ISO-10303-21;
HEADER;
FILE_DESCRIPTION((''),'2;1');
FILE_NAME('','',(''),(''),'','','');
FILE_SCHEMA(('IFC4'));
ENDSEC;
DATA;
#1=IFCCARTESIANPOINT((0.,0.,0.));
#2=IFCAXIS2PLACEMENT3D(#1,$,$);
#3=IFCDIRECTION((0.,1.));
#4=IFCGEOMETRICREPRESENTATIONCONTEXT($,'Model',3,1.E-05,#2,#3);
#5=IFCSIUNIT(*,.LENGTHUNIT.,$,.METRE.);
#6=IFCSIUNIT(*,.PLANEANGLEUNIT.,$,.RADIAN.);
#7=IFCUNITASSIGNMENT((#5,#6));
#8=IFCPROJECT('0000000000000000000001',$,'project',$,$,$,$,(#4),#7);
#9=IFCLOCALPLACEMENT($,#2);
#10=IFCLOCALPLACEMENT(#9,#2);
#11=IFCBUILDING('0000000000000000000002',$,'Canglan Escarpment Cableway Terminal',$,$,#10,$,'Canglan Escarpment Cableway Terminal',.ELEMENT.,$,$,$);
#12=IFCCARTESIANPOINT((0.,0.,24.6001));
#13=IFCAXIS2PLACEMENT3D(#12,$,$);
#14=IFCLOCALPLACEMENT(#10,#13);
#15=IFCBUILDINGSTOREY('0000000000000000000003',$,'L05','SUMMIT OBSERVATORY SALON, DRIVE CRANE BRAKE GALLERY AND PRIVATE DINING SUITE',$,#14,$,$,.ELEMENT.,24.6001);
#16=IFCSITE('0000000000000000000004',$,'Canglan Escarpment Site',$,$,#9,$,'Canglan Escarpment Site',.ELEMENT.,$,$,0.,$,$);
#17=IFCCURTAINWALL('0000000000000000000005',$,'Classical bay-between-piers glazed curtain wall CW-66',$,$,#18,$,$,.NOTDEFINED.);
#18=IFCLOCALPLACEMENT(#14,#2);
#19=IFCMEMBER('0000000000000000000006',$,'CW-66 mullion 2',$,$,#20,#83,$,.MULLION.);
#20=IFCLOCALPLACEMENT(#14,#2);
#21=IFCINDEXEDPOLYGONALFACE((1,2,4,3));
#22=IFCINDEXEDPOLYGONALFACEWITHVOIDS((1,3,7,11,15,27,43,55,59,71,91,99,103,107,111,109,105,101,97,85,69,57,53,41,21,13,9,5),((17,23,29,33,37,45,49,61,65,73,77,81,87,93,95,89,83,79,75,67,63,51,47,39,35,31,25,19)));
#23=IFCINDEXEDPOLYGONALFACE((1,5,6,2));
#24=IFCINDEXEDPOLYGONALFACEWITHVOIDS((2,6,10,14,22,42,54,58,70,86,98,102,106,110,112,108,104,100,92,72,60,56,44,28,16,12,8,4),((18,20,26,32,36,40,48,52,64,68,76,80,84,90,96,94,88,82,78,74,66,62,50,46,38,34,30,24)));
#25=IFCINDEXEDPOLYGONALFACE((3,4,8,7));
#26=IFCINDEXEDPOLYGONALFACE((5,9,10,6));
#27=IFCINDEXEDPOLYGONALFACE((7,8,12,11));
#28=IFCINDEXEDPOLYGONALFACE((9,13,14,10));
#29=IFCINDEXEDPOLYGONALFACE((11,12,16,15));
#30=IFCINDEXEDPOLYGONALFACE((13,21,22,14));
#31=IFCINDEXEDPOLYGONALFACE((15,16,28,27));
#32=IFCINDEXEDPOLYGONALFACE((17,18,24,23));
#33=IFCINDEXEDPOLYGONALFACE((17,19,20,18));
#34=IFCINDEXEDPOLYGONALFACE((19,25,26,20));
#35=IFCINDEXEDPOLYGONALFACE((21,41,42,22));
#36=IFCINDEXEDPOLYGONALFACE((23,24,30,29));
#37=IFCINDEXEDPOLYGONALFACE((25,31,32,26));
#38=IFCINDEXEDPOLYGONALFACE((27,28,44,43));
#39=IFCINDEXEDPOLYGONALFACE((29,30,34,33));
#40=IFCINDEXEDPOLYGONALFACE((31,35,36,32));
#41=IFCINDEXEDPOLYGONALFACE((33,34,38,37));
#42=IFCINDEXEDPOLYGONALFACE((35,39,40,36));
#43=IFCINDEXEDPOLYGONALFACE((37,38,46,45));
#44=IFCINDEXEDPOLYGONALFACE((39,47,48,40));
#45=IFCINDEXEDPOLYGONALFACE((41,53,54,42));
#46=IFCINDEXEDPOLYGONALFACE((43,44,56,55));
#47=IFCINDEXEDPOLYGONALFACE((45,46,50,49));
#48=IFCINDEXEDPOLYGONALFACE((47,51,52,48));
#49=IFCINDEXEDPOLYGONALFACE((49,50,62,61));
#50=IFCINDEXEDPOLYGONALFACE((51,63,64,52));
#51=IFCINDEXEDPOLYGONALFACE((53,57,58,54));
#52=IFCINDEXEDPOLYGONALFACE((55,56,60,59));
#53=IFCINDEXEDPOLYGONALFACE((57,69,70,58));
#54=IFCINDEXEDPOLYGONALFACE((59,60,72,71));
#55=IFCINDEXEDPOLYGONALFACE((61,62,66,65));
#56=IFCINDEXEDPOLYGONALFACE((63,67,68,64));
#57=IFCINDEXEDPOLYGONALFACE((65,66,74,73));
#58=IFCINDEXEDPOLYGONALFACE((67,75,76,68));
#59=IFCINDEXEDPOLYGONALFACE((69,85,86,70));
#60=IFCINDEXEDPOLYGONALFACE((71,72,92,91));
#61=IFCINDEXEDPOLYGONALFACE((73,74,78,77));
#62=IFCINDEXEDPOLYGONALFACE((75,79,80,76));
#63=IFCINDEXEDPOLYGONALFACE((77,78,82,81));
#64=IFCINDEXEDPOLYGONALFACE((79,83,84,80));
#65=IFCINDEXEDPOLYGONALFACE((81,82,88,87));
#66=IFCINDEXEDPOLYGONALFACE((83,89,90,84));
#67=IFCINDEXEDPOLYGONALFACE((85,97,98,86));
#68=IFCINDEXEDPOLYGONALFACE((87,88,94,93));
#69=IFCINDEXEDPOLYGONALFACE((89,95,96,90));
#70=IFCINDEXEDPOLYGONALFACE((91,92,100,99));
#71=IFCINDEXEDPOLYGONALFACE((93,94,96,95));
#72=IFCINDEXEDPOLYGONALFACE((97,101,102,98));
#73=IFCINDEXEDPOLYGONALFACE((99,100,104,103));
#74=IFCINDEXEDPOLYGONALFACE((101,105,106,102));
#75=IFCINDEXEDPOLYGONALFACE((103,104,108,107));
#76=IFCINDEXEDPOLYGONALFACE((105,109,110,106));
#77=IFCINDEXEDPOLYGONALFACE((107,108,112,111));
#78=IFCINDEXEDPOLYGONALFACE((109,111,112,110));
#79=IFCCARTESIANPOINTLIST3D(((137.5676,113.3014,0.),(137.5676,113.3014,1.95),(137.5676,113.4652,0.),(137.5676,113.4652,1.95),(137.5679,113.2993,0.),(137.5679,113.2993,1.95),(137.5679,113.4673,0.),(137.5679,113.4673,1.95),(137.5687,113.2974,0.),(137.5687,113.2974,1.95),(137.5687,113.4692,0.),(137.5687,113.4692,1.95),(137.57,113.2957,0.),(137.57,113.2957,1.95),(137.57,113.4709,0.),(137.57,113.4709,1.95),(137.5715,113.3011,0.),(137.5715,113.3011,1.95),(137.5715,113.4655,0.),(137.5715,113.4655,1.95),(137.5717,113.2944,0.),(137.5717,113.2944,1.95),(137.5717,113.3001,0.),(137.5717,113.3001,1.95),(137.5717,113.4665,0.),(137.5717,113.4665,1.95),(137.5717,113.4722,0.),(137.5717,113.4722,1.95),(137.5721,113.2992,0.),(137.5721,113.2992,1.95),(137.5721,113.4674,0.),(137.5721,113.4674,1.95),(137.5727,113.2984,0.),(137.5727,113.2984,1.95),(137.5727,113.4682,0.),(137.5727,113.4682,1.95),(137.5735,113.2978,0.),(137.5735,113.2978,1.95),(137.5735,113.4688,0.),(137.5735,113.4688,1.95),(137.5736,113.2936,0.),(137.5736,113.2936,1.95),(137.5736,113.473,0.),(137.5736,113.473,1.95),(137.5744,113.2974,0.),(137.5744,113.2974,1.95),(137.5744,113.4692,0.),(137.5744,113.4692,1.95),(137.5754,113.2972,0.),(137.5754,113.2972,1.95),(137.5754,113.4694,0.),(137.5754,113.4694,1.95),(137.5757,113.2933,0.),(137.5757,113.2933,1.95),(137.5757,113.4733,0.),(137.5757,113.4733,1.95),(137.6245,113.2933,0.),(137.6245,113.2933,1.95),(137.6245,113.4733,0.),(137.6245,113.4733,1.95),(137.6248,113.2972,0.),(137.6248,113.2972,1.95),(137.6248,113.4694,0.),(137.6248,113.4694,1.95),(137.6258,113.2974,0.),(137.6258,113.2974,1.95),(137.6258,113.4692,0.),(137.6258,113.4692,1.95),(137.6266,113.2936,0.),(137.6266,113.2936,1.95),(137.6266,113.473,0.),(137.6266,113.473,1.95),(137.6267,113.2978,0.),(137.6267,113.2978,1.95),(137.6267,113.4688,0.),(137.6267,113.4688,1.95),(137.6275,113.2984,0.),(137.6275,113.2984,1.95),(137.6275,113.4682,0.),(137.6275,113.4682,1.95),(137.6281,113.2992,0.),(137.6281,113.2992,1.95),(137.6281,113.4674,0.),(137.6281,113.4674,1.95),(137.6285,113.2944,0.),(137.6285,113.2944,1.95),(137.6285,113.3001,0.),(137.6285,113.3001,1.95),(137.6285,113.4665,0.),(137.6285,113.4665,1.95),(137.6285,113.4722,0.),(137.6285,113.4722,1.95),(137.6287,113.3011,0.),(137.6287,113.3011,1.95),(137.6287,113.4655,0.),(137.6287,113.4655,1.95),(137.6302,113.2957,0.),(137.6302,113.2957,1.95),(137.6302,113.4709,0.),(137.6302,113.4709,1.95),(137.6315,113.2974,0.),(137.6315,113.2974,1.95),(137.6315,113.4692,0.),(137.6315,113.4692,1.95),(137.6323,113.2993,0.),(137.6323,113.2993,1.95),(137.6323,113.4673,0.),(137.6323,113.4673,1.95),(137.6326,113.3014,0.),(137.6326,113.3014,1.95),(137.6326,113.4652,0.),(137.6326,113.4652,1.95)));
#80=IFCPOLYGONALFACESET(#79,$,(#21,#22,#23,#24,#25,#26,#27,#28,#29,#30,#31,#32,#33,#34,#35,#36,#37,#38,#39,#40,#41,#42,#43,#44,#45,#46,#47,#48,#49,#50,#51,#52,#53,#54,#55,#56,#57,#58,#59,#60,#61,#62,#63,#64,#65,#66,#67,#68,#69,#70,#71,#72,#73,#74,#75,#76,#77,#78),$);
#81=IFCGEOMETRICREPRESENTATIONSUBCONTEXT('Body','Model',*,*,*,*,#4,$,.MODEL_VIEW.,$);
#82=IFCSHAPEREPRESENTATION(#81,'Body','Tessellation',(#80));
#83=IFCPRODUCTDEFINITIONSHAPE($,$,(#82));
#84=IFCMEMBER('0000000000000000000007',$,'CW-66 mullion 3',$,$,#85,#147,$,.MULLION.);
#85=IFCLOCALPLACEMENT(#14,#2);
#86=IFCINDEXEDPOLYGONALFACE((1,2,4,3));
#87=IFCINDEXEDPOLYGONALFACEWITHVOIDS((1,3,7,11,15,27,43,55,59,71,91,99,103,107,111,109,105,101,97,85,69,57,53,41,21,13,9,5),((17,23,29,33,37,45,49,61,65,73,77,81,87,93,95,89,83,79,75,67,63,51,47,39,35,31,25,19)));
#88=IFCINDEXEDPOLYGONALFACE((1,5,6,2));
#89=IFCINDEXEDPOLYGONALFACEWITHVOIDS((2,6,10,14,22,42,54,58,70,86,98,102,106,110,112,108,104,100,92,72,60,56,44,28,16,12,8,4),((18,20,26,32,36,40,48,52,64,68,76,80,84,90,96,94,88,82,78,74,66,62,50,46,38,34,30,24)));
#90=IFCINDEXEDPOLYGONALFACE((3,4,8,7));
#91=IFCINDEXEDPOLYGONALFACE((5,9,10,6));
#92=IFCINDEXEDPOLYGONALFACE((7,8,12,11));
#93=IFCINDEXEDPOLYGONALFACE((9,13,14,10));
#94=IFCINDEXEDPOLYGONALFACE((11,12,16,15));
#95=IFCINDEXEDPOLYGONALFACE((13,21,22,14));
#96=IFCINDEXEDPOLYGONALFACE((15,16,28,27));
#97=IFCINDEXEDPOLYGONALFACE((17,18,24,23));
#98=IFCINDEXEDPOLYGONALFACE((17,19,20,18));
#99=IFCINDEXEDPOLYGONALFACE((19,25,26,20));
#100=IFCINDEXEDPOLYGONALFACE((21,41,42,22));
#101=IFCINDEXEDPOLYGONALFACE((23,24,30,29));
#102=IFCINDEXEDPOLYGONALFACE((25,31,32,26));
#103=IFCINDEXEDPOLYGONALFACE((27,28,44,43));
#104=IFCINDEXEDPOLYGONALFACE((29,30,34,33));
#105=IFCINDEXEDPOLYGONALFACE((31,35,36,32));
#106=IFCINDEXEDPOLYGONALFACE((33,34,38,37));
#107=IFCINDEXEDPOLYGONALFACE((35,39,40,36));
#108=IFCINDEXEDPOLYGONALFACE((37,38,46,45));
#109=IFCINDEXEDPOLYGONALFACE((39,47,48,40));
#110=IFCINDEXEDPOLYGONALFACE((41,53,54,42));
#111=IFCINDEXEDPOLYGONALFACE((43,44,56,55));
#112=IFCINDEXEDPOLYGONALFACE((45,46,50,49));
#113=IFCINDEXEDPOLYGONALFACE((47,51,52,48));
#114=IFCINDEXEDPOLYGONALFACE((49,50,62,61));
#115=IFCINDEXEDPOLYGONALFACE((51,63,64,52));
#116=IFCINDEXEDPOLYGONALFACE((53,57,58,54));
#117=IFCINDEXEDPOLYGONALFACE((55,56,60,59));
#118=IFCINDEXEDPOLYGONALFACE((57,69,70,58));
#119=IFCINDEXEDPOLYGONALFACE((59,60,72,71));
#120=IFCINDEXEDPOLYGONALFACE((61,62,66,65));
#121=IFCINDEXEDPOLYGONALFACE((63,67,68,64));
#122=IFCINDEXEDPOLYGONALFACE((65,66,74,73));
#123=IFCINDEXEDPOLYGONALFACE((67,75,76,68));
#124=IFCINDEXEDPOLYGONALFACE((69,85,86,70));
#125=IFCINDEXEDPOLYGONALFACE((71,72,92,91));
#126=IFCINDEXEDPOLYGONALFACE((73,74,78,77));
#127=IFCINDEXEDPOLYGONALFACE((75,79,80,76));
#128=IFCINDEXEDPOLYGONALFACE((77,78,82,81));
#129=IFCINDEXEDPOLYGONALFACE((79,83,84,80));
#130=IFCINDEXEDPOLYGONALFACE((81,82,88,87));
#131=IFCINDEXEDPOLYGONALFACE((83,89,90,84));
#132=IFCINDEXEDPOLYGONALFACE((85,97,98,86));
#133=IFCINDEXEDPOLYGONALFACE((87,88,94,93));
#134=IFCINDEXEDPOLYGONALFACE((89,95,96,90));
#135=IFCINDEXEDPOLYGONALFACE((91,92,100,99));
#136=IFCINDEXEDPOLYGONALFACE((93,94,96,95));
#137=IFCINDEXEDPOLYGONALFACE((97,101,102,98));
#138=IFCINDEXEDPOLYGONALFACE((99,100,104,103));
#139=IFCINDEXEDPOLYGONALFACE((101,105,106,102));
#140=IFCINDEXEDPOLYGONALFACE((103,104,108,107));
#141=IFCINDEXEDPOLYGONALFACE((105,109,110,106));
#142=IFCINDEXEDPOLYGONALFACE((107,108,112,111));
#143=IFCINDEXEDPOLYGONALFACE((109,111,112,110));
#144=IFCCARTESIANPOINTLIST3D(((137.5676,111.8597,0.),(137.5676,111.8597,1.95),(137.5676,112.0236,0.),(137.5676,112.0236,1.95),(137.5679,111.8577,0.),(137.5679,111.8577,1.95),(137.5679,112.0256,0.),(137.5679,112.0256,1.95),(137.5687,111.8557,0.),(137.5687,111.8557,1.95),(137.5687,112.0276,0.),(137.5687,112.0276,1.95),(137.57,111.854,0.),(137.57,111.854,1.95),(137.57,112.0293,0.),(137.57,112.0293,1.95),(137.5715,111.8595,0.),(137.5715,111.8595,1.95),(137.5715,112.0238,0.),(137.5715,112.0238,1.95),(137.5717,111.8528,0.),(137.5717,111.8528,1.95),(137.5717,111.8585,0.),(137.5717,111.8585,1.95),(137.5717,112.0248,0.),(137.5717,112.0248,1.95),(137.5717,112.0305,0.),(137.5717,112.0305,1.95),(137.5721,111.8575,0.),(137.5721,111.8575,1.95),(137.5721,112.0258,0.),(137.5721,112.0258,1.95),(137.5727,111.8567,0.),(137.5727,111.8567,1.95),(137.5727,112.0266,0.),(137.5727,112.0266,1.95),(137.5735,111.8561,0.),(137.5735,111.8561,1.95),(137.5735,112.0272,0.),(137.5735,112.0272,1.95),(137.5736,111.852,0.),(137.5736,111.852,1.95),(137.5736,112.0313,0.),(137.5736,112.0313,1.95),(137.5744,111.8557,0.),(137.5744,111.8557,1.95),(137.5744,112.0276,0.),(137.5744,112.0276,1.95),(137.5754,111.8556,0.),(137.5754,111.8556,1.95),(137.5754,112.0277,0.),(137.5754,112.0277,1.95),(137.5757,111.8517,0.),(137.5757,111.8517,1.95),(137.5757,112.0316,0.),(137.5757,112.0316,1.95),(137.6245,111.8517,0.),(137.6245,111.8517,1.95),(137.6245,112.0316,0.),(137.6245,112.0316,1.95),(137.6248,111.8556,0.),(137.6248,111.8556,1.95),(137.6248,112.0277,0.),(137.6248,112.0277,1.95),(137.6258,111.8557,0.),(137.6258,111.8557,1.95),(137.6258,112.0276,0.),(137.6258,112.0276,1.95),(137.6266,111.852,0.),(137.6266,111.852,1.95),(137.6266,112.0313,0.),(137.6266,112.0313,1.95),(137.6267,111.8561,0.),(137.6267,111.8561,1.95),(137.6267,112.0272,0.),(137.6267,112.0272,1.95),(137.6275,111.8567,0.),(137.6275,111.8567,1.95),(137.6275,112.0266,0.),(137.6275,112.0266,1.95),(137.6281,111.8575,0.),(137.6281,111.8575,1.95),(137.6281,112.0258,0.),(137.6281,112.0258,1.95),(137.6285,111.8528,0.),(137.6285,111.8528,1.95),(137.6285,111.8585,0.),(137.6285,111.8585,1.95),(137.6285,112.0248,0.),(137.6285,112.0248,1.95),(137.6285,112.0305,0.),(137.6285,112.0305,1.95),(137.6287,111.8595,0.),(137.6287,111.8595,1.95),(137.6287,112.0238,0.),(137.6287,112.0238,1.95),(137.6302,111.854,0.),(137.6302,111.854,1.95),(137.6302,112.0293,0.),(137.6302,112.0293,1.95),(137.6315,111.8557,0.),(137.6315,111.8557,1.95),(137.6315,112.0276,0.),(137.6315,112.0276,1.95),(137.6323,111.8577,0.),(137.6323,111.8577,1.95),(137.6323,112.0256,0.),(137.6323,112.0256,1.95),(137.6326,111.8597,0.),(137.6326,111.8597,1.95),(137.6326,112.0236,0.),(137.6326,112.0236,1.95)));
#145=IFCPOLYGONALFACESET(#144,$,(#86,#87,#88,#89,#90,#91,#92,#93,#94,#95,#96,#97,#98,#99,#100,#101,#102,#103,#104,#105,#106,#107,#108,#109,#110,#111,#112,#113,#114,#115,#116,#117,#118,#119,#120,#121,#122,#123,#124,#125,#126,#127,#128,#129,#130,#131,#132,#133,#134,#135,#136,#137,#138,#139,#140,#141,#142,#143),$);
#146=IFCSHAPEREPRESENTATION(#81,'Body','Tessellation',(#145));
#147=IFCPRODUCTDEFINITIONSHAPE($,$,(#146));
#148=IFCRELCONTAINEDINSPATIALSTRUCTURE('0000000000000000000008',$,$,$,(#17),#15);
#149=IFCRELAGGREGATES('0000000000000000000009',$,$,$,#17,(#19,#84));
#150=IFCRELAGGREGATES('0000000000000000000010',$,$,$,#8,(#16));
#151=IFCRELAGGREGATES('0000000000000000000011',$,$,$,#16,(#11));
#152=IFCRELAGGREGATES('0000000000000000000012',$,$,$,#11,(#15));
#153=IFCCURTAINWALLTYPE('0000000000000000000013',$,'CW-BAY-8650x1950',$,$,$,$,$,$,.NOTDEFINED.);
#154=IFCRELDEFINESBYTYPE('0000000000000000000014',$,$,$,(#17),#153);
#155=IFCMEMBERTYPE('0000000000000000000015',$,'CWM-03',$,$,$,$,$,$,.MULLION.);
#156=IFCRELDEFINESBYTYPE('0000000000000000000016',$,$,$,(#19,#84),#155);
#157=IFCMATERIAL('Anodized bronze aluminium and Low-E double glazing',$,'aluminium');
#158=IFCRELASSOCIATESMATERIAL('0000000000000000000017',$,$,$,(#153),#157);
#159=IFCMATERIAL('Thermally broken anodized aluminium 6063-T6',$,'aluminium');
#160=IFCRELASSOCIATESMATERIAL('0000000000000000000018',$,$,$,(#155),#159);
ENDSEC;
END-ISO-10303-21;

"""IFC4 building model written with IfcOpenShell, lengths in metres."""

from ifc_helpers import new_model, si_unit, direction, frame, origin, origin_2d, place, context, subcontext, project, spatial, hollow_rectangle, extrude, material, material_profile, profile_set, type_object, element, aggregate, save


model = new_model("IFC4")

# Units and contexts
model_context = context("Model", 3, precision=1e-05, world=origin(), true_north=direction((0.0, 1.0)))
body_context = subcontext(model_context, "Body", "Model", "MODEL_VIEW")
ifc_project = project(units=[si_unit("LENGTHUNIT", "METRE"), si_unit("PLANEANGLEUNIT", "RADIAN")], contexts=[model_context])

# Site, building, storey
site_placement = place(None, origin())
site = spatial("IfcSite", under=ifc_project, at=site_placement, Name="Canglan Escarpment Site", LongName="Canglan Escarpment Site", CompositionType="ELEMENT", RefElevation=0.0)
building_placement = place(site_placement, origin())
building = spatial("IfcBuilding", under=site, at=building_placement, Name="Canglan Escarpment Cableway Terminal", LongName="Canglan Escarpment Cableway Terminal", CompositionType="ELEMENT")
storey_placement = place(building_placement, frame((0.0, 0.0, 24.6001)))
storey = spatial("IfcBuildingStorey", under=building, at=storey_placement, Name="L05", Description="SUMMIT OBSERVATORY SALON, DRIVE CRANE BRAKE GALLERY AND PRIVATE DINING SUITE", CompositionType="ELEMENT", Elevation=24.6001)

# Curtain wall, members
ifc_material_1 = material(Name="Anodized bronze aluminium and Low-E double glazing", Category="aluminium")
curtain_wall_type = type_object("IfcCurtainWallType", Name="CW-BAY-8650x1950", PredefinedType="NOTDEFINED", material=ifc_material_1)
curtain_wall_placement = place(storey_placement, origin())
curtain_wall = element("IfcCurtainWall", 1, at=curtain_wall_placement, inside=storey, type_object=curtain_wall_type, Name="Classical bay-between-piers glazed curtain wall CW-66", PredefinedType="NOTDEFINED")
ifc_material_2 = material(Name="Thermally broken anodized aluminium 6063-T6", Category="aluminium")
ifc_material_profile_1 = material_profile(ifc_material_2, hollow_rectangle(XDim=0.0649, YDim=0.1799, WallThickness=0.0039, InnerFilletRadius=0.0039, OuterFilletRadius=0.0081, at=origin_2d()), Name="ALU-MULL 65x180x4")
ifc_profile_set_1 = profile_set([ifc_material_profile_1], Name="Thermally broken anodized aluminium 6063-T6")
member_type_1 = type_object("IfcMemberType", Name="CWM-03", PredefinedType="MULLION", material=ifc_profile_set_1)
member_1_placement = place(storey_placement, frame((137.6001, 113.3833, 0.0), z_axis=(0.0, 0.0, 1.0), x_axis=(1.0, 0.0, 0.0)))
member_1 = element("IfcMember", 2, at=member_1_placement, type_object=member_type_1, Name="CW-66 mullion 2", PredefinedType="MULLION", context=body_context, shape_type="SweptSolid", body=[
    extrude(hollow_rectangle(XDim=0.0649, YDim=0.1799, WallThickness=0.0039, InnerFilletRadius=0.0039, OuterFilletRadius=0.0081, at=origin_2d()), origin(), (0.0, 0.0, 1.0), 1.95),
])
member_2_placement = place(storey_placement, frame((137.6001, 111.9417, 0.0), z_axis=(0.0, 0.0, 1.0), x_axis=(1.0, 0.0, 0.0)))
member_2 = element("IfcMember", 3, at=member_2_placement, type_object=member_type_1, Name="CW-66 mullion 3", PredefinedType="MULLION", context=body_context, shape_type="SweptSolid", body=[
    extrude(hollow_rectangle(XDim=0.0649, YDim=0.1799, WallThickness=0.0039, InnerFilletRadius=0.0039, OuterFilletRadius=0.0081, at=origin_2d()), origin(), (0.0, 0.0, 1.0), 1.95),
])

aggregate(curtain_wall, [member_1, member_2])

save(model, "model.ifc")
